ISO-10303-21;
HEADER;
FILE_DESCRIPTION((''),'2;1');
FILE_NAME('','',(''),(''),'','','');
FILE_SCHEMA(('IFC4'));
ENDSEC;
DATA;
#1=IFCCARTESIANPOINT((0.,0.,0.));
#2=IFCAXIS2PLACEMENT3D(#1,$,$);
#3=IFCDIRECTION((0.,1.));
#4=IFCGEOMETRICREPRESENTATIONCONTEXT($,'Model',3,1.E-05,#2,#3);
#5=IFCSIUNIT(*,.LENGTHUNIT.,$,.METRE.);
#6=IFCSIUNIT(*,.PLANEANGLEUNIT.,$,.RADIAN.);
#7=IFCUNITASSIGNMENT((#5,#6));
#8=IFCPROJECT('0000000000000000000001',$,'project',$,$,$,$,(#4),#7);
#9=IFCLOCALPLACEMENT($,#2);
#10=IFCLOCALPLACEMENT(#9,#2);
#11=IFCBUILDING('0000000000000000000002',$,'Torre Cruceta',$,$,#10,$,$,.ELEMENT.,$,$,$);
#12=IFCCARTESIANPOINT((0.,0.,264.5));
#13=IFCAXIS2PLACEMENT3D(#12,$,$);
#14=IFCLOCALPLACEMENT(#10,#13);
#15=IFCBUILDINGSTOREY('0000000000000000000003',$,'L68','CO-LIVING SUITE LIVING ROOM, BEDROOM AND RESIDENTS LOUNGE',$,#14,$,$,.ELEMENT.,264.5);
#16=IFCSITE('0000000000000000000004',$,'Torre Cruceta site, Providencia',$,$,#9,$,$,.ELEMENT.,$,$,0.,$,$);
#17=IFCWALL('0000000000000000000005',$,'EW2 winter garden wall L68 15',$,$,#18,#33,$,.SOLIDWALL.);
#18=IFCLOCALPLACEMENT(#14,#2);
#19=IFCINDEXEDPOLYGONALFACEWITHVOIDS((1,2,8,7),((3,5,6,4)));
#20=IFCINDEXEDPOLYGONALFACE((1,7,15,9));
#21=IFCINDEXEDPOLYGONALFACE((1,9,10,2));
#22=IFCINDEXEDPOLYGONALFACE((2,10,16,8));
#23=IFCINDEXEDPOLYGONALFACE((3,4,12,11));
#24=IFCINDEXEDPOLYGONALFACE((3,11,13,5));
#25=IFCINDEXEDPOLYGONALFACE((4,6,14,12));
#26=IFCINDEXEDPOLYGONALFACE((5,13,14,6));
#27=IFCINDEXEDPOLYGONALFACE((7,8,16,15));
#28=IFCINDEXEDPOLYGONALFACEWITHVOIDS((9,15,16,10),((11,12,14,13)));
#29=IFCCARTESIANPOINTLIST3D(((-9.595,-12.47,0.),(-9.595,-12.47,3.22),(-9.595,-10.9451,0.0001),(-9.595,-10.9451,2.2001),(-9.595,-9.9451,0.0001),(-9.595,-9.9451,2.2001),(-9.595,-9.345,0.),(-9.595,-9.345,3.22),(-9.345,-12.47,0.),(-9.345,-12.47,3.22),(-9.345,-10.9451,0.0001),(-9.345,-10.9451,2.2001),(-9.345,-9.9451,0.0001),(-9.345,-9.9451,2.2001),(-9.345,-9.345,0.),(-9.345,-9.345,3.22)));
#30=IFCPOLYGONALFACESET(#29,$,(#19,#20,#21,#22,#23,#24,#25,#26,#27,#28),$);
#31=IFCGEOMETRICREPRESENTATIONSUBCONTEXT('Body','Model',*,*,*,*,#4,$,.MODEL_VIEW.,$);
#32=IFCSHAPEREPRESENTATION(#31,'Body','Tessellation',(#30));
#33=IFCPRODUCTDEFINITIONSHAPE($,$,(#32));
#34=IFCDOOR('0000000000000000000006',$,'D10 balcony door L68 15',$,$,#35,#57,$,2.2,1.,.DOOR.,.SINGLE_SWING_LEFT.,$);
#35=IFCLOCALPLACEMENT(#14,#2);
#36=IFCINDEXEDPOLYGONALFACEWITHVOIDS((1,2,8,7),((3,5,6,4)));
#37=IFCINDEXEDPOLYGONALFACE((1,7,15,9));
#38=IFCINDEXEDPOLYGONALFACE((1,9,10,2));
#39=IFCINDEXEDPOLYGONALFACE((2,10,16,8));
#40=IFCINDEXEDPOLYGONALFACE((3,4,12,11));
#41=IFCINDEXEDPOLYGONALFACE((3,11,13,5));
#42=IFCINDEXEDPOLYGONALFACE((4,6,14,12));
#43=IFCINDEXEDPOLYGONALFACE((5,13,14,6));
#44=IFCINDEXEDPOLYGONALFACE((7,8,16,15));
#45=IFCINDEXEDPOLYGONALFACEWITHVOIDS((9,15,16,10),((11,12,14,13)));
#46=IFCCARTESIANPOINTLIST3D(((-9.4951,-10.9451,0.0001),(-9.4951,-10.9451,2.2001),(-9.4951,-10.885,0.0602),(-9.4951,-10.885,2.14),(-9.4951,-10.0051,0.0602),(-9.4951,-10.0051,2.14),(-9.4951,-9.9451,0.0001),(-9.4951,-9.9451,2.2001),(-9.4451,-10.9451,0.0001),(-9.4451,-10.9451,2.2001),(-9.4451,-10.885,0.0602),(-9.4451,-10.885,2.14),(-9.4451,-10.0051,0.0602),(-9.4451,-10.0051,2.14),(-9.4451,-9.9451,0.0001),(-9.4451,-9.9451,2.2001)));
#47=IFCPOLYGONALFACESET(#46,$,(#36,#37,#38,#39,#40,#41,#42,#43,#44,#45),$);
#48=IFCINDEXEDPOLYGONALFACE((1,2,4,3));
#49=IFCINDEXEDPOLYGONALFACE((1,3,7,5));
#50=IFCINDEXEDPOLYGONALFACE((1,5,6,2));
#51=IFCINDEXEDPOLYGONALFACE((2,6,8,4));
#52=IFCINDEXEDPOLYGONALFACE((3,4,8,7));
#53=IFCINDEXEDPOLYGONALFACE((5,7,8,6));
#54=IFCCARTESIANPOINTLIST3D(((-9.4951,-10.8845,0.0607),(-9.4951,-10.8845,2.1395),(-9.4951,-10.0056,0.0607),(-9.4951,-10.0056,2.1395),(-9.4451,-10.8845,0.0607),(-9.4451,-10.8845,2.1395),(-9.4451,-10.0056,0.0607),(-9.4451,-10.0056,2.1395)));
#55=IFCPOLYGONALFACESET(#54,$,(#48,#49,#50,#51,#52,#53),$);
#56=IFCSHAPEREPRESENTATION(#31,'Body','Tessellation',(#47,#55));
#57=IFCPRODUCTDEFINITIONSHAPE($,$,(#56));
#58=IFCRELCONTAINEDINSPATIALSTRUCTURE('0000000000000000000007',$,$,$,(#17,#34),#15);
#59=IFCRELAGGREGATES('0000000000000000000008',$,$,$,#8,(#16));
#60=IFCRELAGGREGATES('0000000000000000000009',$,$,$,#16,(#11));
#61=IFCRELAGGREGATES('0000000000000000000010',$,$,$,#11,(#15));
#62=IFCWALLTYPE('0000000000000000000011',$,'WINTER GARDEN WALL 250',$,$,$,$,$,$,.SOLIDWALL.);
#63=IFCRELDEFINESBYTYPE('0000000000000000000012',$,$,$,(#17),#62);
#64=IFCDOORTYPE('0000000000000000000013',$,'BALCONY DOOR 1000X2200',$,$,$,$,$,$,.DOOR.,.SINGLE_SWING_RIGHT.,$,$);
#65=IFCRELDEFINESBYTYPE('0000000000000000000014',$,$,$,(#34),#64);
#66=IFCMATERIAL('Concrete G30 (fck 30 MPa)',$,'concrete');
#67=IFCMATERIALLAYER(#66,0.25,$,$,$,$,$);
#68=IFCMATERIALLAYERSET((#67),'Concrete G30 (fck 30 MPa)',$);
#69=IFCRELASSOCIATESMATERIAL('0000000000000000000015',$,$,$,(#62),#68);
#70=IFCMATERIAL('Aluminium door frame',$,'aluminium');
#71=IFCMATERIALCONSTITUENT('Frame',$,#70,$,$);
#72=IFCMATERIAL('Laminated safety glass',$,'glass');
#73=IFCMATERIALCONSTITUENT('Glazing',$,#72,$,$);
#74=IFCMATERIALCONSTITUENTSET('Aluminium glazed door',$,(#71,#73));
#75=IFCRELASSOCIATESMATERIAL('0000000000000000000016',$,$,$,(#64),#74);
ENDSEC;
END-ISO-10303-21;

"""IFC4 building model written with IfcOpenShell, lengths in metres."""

from ifc_helpers import new_model, si_unit, direction, frame, frame_2d, origin, place, context, subcontext, project, spatial, rectangle, hollow_rectangle, extrude, material, layer, layer_set, constituent, constituent_set, type_object, element, fill, save


model = new_model("IFC4")

# Units and contexts
model_context = context("Model", 3, precision=1e-05, world=origin(), true_north=direction((0.0, 1.0)))
body_context = subcontext(model_context, "Body", "Model", "MODEL_VIEW")
ifc_project = project(units=[si_unit("LENGTHUNIT", "METRE"), si_unit("PLANEANGLEUNIT", "RADIAN")], contexts=[model_context])

# Site, building, storey
site_placement = place(None, origin())
site = spatial("IfcSite", under=ifc_project, at=site_placement, Name="Torre Cruceta site, Providencia", CompositionType="ELEMENT", RefElevation=0.0)
building_placement = place(site_placement, origin())
building = spatial("IfcBuilding", under=site, at=building_placement, Name="Torre Cruceta", CompositionType="ELEMENT")
storey_placement = place(building_placement, frame((0.0, 0.0, 264.5)))
storey = spatial("IfcBuildingStorey", under=building, at=storey_placement, Name="L68", Description="CO-LIVING SUITE LIVING ROOM, BEDROOM AND RESIDENTS LOUNGE", CompositionType="ELEMENT", Elevation=264.5)

# Wall, opening, door
ifc_material_1 = material(Name="Concrete G30 (fck 30 MPa)", Category="concrete")
ifc_layer_1 = layer(ifc_material_1, 0.25)
ifc_layer_set_1 = layer_set([ifc_layer_1], Name="Concrete G30 (fck 30 MPa)")
wall_type_1 = type_object("IfcWallType", Name="WINTER GARDEN WALL 250", PredefinedType="SOLIDWALL", material=ifc_layer_set_1)
ifc_material_2 = material(Name="Aluminium door frame", Category="aluminium")
ifc_constituent_1 = constituent(ifc_material_2, Name="Frame")
ifc_material_3 = material(Name="Laminated safety glass", Category="glass")
ifc_constituent_2 = constituent(ifc_material_3, Name="Glazing")
ifc_constituent_set_1 = constituent_set(constituents=[ifc_constituent_1, ifc_constituent_2], Name="Aluminium glazed door")
door_type_1 = type_object("IfcDoorType", Name="BALCONY DOOR 1000X2200", OperationType="SINGLE_SWING_RIGHT", PredefinedType="DOOR", material=ifc_constituent_set_1)
wall_1_placement = place(storey_placement, frame((-9.47, -9.345, 0.0), z_axis=(0.0, 0.0, 1.0), x_axis=(0.0, -1.0, 0.0)))
wall_1 = element("IfcWall", 1, at=wall_1_placement, inside=storey, type_object=wall_type_1, Name="EW2 winter garden wall L68 15", PredefinedType="SOLIDWALL", context=body_context, shape_type="SweptSolid", body=[
    extrude(rectangle(XDim=3.125, YDim=0.25, at=frame_2d((1.5625, 0.0))), origin(), (0.0, 0.0, 1.0), 3.22),
])
opening_1_placement = place(wall_1_placement, frame((0.6001, 0.0, 0.0)))
opening_1 = element("IfcOpeningElement", 2, at=opening_1_placement, cuts=wall_1, PredefinedType="OPENING", context=body_context, shape_type="SweptSolid", body=[
    extrude(rectangle(XDim=1.0, YDim=2.2, at=frame_2d((0.5, 1.1001))), frame((0.0, 0.135, 0.0), z_axis=(0.0, -1.0, 0.0), x_axis=(1.0, 0.0, 0.0)), (0.0, 0.0, 1.0), 0.27),
])
door_1_placement = place(opening_1_placement, origin())
door_1 = element("IfcDoor", 3, at=door_1_placement, inside=storey, type_object=door_type_1, Name="D10 balcony door L68 15", OperationType="SINGLE_SWING_LEFT", OverallHeight=2.2, OverallWidth=1.0, PredefinedType="DOOR", context=body_context, shape_type="SweptSolid", body=[
    extrude(hollow_rectangle(XDim=1.0, YDim=2.2, WallThickness=0.0601, at=frame_2d((0.5, 1.1001))), frame((0.0, 0.0249, 0.0), z_axis=(0.0, -1.0, 0.0), x_axis=(1.0, 0.0, 0.0)), (0.0, 0.0, 1.0), 0.05),
    extrude(rectangle(XDim=0.8789, YDim=2.0789, at=frame_2d((0.5, 1.1001))), frame((0.0, 0.0249, 0.0), z_axis=(0.0, -1.0, 0.0), x_axis=(1.0, 0.0, 0.0)), (0.0, 0.0, 1.0), 0.05),
])
fill(opening_1, door_1)

save(model, "model.ifc")
